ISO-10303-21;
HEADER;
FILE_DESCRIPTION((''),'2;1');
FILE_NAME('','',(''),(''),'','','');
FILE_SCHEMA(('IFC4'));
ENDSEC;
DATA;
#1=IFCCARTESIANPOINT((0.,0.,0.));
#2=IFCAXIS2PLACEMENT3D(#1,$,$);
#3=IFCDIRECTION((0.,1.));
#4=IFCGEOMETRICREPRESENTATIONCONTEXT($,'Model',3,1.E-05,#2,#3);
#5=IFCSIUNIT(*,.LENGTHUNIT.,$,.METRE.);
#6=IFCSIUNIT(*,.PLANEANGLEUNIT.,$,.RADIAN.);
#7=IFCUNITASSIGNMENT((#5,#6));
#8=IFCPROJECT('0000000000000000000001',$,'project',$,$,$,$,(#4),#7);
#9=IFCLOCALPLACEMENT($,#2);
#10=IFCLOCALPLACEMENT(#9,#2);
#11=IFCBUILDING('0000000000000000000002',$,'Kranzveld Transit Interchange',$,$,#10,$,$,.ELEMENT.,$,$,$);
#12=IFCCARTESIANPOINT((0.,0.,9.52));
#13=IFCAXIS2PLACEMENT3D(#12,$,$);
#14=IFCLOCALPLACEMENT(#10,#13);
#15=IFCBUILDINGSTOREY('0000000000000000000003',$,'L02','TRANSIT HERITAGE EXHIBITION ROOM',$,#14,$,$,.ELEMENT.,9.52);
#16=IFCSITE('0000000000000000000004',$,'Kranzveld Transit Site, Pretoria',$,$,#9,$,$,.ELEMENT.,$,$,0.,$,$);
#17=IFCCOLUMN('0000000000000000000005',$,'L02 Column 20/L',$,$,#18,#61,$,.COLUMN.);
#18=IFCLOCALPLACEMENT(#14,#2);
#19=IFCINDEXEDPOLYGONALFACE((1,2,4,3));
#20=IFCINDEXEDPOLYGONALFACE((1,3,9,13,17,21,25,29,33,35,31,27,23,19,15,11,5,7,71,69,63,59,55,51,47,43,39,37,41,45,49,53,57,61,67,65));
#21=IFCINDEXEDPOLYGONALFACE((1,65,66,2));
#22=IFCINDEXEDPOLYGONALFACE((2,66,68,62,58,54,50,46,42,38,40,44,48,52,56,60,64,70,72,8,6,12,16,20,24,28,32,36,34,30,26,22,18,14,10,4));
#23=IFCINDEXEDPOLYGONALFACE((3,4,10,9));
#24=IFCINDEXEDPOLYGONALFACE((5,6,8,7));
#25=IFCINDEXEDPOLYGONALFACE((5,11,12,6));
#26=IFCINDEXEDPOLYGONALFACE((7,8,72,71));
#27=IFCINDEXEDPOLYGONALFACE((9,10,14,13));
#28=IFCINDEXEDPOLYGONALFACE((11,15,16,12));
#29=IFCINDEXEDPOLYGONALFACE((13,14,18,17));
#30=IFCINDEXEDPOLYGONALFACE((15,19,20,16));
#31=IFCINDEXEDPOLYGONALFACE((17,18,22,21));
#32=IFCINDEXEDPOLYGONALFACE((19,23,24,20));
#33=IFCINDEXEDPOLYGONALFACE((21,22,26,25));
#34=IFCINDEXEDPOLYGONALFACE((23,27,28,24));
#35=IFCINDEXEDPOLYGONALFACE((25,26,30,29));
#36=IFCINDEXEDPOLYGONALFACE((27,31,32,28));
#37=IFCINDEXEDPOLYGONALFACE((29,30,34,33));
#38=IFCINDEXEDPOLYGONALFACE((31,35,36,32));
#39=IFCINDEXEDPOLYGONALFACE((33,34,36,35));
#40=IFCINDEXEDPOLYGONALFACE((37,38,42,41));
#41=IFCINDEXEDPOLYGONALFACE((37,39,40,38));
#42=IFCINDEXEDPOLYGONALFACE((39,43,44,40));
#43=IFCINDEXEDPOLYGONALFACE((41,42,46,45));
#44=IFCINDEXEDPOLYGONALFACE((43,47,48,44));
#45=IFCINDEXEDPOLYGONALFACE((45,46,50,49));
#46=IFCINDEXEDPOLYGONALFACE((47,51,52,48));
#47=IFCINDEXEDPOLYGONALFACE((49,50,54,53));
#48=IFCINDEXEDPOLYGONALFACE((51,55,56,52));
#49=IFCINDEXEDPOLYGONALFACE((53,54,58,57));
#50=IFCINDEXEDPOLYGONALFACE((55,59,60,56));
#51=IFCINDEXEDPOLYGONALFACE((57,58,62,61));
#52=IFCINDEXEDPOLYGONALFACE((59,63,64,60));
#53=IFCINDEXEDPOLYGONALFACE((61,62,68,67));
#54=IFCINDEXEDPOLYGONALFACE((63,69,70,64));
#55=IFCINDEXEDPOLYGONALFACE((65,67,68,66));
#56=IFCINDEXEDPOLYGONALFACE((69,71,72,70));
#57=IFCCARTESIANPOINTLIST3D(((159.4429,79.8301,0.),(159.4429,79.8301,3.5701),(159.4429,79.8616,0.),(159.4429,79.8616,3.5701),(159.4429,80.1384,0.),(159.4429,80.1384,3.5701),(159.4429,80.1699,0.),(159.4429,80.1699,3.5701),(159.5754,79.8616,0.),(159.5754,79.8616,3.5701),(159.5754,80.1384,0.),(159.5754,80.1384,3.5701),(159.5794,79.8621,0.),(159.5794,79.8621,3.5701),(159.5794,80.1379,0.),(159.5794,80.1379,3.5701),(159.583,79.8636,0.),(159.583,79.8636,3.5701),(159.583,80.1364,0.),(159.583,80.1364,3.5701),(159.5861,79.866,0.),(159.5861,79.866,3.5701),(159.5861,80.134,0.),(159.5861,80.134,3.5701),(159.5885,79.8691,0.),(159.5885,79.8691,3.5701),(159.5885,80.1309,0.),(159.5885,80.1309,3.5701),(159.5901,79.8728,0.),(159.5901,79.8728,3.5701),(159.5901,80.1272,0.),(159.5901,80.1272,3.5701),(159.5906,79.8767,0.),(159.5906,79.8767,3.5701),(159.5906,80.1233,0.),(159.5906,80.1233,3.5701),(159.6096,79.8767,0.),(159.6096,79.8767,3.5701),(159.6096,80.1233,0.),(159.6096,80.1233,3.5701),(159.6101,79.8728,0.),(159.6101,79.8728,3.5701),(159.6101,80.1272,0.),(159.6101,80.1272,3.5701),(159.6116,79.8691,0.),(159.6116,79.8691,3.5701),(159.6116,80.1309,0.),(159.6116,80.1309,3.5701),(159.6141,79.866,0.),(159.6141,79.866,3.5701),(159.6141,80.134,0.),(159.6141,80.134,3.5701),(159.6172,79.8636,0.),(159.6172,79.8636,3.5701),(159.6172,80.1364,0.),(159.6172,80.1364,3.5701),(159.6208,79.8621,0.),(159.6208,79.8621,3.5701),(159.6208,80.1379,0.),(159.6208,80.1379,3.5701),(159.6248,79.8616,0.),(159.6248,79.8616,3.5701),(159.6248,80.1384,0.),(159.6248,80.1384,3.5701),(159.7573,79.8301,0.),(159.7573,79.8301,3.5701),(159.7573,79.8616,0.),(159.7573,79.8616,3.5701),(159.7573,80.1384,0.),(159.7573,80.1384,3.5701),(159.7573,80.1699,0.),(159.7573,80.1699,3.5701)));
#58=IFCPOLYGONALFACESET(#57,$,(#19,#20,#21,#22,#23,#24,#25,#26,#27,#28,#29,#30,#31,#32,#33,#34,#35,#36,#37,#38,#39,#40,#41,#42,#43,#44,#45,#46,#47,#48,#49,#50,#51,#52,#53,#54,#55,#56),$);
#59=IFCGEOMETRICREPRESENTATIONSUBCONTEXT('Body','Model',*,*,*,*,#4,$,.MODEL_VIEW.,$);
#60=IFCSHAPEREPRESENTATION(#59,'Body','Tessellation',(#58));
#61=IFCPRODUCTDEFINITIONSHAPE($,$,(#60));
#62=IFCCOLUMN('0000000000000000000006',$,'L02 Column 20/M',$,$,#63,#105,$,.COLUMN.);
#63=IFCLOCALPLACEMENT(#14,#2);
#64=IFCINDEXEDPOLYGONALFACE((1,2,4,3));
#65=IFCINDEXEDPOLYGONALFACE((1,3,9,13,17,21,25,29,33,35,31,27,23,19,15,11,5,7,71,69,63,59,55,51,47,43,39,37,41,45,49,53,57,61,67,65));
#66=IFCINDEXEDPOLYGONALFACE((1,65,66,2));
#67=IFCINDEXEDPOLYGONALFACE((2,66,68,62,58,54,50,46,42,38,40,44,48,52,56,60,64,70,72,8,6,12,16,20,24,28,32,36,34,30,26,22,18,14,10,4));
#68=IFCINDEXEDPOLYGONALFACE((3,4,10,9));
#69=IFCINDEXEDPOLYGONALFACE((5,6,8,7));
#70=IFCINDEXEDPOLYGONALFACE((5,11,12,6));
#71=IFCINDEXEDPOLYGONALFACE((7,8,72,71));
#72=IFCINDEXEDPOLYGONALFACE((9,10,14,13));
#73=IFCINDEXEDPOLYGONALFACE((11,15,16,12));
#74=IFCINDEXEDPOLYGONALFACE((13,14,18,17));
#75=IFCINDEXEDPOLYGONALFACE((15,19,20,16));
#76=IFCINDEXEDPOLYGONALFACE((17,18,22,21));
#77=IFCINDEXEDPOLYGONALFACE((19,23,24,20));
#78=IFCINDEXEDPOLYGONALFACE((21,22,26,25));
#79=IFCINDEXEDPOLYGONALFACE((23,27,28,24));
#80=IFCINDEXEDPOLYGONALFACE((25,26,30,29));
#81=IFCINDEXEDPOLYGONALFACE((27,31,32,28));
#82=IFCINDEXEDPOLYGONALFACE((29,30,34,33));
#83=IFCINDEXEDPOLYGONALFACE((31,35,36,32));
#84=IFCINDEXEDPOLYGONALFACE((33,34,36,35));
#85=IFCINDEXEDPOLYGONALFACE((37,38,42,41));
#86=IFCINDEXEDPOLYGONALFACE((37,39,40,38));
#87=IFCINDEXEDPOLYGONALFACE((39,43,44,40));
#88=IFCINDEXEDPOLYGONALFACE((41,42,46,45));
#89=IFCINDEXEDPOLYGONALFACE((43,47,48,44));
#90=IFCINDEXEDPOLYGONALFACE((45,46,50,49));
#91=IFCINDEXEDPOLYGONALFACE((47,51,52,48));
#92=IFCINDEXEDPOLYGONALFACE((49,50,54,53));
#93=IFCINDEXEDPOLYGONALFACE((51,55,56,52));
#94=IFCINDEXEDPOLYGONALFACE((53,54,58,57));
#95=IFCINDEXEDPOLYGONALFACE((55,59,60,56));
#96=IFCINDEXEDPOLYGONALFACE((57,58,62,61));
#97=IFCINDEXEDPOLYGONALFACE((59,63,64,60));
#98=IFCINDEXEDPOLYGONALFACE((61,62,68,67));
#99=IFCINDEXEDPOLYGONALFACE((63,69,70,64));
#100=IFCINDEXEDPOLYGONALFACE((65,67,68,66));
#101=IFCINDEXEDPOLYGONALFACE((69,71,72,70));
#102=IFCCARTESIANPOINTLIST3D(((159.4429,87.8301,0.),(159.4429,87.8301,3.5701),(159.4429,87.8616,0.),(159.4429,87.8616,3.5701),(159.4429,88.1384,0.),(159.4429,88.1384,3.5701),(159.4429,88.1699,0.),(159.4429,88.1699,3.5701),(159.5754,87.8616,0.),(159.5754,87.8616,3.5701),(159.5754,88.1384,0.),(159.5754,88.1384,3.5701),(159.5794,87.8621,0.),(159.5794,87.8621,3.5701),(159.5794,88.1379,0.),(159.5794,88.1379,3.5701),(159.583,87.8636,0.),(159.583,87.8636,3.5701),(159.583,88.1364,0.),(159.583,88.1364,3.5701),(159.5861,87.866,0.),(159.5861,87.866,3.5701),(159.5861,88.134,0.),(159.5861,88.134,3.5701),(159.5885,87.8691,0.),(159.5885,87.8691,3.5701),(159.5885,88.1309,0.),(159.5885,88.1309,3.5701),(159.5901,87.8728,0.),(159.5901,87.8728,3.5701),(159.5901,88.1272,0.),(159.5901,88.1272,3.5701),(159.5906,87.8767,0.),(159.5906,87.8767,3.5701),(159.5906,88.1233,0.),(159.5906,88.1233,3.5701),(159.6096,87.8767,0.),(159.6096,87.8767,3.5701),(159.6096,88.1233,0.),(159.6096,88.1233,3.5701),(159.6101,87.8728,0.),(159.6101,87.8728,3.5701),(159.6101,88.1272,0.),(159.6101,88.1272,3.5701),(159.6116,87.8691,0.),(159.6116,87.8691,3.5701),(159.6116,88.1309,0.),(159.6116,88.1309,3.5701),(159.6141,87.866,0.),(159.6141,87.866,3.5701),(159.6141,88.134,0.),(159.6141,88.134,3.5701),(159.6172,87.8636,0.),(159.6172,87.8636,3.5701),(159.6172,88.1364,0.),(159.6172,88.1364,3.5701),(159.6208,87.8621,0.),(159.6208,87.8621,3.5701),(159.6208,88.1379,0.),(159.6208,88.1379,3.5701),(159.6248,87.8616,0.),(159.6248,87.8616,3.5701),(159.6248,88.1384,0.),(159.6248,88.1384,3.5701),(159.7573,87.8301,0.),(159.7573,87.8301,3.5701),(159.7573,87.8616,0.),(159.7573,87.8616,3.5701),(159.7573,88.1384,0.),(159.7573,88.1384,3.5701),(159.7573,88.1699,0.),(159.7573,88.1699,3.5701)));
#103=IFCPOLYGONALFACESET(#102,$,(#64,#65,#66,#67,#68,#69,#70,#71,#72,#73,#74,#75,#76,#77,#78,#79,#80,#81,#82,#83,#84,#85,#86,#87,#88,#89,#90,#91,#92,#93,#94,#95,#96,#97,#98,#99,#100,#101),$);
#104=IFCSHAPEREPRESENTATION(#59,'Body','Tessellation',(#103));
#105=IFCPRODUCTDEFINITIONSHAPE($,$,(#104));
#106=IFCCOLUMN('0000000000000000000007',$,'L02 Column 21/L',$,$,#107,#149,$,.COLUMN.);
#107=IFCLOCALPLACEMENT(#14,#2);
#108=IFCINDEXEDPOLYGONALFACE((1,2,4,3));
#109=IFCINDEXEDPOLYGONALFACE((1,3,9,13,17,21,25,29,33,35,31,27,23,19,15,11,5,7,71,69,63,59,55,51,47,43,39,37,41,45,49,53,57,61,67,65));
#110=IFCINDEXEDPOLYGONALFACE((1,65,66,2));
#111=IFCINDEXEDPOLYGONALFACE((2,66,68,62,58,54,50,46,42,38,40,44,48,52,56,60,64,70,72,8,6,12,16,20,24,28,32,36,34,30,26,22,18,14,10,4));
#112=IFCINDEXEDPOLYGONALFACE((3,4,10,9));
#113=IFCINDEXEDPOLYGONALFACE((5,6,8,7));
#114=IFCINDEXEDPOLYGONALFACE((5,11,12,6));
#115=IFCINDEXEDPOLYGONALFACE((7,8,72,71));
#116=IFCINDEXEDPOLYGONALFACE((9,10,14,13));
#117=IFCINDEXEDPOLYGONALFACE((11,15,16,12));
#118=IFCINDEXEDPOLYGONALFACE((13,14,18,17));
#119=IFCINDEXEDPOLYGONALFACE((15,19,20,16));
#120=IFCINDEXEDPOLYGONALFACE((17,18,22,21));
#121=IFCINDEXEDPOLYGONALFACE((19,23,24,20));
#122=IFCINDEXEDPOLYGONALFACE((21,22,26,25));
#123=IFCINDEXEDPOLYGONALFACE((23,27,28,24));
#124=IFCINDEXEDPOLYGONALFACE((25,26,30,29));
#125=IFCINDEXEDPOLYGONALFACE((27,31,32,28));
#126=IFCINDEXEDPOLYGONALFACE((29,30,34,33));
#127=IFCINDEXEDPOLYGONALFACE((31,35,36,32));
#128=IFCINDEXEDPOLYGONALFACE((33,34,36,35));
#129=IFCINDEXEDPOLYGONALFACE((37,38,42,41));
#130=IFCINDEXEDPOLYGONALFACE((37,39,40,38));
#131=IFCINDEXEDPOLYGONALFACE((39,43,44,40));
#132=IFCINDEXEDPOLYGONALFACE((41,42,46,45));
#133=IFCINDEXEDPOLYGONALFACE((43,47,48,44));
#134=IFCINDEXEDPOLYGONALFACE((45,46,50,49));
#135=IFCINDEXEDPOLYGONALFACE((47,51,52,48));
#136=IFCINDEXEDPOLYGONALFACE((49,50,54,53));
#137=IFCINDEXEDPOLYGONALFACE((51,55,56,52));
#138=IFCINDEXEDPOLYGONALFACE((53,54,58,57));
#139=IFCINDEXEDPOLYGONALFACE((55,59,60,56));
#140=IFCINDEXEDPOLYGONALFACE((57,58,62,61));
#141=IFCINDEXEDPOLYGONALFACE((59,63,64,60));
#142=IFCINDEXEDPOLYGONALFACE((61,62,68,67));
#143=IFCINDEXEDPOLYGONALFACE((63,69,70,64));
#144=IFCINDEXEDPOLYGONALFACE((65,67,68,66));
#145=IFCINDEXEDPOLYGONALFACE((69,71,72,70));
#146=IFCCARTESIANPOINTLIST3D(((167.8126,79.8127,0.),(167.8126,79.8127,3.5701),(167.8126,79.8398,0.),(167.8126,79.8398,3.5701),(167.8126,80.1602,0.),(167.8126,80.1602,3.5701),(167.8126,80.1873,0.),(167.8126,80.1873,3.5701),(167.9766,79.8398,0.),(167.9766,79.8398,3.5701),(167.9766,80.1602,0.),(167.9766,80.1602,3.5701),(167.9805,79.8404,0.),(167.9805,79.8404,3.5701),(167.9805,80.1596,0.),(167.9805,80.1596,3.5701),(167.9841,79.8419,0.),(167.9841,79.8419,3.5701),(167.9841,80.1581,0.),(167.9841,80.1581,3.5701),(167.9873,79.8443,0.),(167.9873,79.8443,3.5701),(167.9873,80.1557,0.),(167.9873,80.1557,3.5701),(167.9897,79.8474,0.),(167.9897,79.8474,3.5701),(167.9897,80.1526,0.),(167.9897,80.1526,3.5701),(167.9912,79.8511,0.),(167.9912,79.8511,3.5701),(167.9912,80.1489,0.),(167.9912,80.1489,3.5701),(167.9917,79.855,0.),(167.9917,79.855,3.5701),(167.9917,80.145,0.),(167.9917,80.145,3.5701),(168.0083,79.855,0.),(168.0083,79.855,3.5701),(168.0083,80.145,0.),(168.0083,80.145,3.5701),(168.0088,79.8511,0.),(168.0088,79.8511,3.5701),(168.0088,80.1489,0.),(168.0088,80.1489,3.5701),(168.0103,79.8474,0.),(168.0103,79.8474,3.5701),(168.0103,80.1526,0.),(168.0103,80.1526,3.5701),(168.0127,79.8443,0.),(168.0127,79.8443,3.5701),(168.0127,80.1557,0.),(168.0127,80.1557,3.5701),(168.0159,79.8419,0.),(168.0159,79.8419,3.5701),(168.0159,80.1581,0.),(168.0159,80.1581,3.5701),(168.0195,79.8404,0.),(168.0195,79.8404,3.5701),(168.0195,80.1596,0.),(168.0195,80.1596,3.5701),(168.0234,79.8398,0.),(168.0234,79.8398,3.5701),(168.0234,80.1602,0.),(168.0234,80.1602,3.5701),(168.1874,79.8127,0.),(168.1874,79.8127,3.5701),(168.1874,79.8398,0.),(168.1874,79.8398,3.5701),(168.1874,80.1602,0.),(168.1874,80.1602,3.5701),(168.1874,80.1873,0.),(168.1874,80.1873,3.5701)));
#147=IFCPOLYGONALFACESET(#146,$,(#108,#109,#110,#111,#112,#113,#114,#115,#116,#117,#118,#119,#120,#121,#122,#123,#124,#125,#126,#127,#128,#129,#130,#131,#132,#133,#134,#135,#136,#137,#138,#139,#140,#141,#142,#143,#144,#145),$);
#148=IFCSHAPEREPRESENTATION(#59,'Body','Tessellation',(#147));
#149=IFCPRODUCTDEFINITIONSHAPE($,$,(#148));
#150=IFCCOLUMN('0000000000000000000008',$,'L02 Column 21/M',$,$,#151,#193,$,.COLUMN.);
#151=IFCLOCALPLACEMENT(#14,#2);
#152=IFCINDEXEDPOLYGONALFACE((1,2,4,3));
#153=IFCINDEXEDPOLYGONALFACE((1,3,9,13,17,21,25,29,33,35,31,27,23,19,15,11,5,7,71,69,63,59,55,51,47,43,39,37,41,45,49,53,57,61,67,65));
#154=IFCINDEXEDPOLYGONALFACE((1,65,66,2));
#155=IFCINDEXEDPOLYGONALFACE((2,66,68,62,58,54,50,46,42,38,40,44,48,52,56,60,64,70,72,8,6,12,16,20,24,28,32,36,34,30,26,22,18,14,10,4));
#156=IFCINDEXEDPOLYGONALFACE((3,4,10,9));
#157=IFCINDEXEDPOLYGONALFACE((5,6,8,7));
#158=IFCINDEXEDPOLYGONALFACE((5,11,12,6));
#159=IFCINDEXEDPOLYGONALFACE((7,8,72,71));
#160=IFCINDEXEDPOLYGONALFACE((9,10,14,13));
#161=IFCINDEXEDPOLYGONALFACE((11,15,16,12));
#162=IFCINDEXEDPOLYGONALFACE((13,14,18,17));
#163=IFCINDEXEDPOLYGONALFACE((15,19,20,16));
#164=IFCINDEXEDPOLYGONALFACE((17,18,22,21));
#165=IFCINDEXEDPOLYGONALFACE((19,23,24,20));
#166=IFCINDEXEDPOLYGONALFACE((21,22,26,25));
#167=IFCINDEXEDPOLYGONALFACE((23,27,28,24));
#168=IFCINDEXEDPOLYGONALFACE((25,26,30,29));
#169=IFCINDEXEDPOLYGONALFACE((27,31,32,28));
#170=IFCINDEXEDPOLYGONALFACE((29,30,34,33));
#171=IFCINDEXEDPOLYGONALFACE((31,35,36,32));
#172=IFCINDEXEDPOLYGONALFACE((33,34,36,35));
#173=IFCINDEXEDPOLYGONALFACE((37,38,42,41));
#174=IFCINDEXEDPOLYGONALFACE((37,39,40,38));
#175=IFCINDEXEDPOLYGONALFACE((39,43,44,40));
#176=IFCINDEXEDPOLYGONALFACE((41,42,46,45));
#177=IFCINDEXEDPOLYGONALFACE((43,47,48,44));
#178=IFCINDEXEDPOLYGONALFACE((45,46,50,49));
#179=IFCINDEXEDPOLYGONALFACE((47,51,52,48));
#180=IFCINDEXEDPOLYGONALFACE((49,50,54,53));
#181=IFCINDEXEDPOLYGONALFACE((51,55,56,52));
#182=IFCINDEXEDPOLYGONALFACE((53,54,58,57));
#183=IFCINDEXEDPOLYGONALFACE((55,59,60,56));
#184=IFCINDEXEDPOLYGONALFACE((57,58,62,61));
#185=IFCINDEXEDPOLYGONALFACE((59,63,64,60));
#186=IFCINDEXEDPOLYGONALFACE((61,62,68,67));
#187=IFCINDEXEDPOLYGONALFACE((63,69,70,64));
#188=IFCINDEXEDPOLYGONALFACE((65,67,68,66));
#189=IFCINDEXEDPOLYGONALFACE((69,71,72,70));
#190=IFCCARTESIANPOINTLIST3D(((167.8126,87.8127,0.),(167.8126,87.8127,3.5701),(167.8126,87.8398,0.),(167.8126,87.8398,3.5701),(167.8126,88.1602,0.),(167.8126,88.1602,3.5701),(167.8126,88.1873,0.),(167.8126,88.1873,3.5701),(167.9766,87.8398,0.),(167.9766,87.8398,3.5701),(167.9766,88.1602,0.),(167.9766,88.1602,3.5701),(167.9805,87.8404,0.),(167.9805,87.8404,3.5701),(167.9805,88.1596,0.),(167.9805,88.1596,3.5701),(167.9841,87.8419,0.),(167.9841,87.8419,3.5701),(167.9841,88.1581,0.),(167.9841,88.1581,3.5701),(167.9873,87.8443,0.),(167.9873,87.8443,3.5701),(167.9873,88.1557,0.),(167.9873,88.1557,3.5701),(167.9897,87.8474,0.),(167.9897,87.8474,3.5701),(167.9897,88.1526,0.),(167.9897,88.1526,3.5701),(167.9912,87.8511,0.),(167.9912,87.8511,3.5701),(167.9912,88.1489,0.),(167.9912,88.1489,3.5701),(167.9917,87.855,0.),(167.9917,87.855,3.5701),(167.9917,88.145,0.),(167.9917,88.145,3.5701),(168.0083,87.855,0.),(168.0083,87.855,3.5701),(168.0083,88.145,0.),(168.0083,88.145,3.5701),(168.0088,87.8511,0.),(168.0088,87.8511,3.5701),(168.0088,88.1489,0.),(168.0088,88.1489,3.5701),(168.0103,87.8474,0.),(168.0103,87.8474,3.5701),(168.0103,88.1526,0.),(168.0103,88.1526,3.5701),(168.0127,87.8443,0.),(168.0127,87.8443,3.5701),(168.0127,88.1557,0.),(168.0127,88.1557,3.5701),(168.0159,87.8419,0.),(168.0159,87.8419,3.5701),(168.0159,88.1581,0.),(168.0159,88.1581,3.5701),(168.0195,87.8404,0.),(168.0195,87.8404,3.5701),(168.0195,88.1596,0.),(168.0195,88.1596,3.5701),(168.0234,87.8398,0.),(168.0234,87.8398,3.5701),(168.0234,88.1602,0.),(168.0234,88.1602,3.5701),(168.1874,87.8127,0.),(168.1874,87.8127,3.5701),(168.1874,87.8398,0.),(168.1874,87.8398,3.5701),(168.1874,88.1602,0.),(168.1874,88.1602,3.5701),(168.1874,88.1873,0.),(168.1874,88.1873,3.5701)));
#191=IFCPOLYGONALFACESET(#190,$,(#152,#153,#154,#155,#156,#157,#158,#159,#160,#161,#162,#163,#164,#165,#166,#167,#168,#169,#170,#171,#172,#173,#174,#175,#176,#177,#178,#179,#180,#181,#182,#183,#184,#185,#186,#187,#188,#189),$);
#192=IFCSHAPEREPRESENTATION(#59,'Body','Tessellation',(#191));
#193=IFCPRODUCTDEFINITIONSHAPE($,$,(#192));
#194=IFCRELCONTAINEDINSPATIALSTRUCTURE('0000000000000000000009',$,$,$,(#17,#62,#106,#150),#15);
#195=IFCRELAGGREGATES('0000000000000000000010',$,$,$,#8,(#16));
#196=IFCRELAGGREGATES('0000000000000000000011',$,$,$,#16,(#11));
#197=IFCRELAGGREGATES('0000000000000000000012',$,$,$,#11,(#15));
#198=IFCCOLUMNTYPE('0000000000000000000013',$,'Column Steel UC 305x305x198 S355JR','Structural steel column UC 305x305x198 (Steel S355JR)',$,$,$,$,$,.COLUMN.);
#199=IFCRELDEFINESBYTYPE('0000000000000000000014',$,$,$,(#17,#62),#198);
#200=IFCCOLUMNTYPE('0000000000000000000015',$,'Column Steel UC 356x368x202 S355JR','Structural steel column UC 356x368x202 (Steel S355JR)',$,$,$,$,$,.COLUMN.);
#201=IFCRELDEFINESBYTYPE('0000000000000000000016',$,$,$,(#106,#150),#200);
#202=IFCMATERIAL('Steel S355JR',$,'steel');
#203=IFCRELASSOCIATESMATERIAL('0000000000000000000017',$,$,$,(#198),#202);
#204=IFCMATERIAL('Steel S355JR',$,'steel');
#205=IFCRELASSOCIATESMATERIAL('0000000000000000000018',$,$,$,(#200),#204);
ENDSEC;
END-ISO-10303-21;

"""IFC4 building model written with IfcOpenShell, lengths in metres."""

from ifc_helpers import new_model, si_unit, direction, frame, origin, origin_2d, place, context, subcontext, project, spatial, i_section, extrude, material, material_profile, profile_set, type_object, element, save


model = new_model("IFC4")

# Units and contexts
model_context = context("Model", 3, precision=1e-05, world=origin(), true_north=direction((0.0, 1.0)))
body_context = subcontext(model_context, "Body", "Model", "MODEL_VIEW")
ifc_project = project(units=[si_unit("LENGTHUNIT", "METRE"), si_unit("PLANEANGLEUNIT", "RADIAN")], contexts=[model_context])

# Site, building, storey
site_placement = place(None, origin())
site = spatial("IfcSite", under=ifc_project, at=site_placement, Name="Kranzveld Transit Site, Pretoria", CompositionType="ELEMENT", RefElevation=0.0)
building_placement = place(site_placement, origin())
building = spatial("IfcBuilding", under=site, at=building_placement, Name="Kranzveld Transit Interchange", CompositionType="ELEMENT")
storey_placement = place(building_placement, frame((0.0, 0.0, 9.52)))
storey = spatial("IfcBuildingStorey", under=building, at=storey_placement, Name="L02", Description="TRANSIT HERITAGE EXHIBITION ROOM", CompositionType="ELEMENT", Elevation=9.52)

# Columns
ifc_material_1 = material(Name="Steel S355JR", Category="steel")
ifc_material_profile_1 = material_profile(ifc_material_1, i_section(OverallWidth=0.3145, OverallDepth=0.3398, WebThickness=0.019, FlangeThickness=0.0315, FilletRadius=0.0151, at=origin_2d()), Name="UC 305x305x198")
ifc_profile_set_1 = profile_set([ifc_material_profile_1], Name="Steel S355JR")
column_type_1 = type_object("IfcColumnType", Name="Column Steel UC 305x305x198 S355JR", Description="Structural steel column UC 305x305x198 (Steel S355JR)", PredefinedType="COLUMN", material=ifc_profile_set_1)
for number, where, z_axis, x_axis, name in (
    (1, (159.6001, 80.0, 0.0), (0.0, 0.0, 1.0), (1.0, 0.0, 0.0), "L02 Column 20/L"),
    (2, (159.6001, 88.0, 0.0), (0.0, 0.0, 1.0), (1.0, 0.0, 0.0), "L02 Column 20/M"),
):
    element("IfcColumn", number, at=place(storey_placement, frame(where, z_axis=z_axis, x_axis=x_axis)), inside=storey, type_object=column_type_1, Name=name, PredefinedType="COLUMN", context=body_context, shape_type="SweptSolid", body=[
        extrude(i_section(OverallWidth=0.3145, OverallDepth=0.3398, WebThickness=0.019, FlangeThickness=0.0315, FilletRadius=0.0151, at=origin_2d()), origin(), (0.0, 0.0, 1.0), 3.5701),
    ])
ifc_material_2 = material(Name="Steel S355JR", Category="steel")
ifc_material_profile_2 = material_profile(ifc_material_2, i_section(OverallWidth=0.3748, OverallDepth=0.3745, WebThickness=0.0166, FlangeThickness=0.0271, FilletRadius=0.0151, at=origin_2d()), Name="UC 356x368x202")
ifc_profile_set_2 = profile_set([ifc_material_profile_2], Name="Steel S355JR")
column_type_2 = type_object("IfcColumnType", Name="Column Steel UC 356x368x202 S355JR", Description="Structural steel column UC 356x368x202 (Steel S355JR)", PredefinedType="COLUMN", material=ifc_profile_set_2)
for number, where, z_axis, x_axis, name in (
    (3, (168.0, 80.0, 0.0), (0.0, 0.0, 1.0), (1.0, 0.0, 0.0), "L02 Column 21/L"),
    (4, (168.0, 88.0, 0.0), (0.0, 0.0, 1.0), (1.0, 0.0, 0.0), "L02 Column 21/M"),
):
    element("IfcColumn", number, at=place(storey_placement, frame(where, z_axis=z_axis, x_axis=x_axis)), inside=storey, type_object=column_type_2, Name=name, PredefinedType="COLUMN", context=body_context, shape_type="SweptSolid", body=[
        extrude(i_section(OverallWidth=0.3748, OverallDepth=0.3745, WebThickness=0.0166, FlangeThickness=0.0271, FilletRadius=0.0151, at=origin_2d()), origin(), (0.0, 0.0, 1.0), 3.5701),
    ])

save(model, "model.ifc")
